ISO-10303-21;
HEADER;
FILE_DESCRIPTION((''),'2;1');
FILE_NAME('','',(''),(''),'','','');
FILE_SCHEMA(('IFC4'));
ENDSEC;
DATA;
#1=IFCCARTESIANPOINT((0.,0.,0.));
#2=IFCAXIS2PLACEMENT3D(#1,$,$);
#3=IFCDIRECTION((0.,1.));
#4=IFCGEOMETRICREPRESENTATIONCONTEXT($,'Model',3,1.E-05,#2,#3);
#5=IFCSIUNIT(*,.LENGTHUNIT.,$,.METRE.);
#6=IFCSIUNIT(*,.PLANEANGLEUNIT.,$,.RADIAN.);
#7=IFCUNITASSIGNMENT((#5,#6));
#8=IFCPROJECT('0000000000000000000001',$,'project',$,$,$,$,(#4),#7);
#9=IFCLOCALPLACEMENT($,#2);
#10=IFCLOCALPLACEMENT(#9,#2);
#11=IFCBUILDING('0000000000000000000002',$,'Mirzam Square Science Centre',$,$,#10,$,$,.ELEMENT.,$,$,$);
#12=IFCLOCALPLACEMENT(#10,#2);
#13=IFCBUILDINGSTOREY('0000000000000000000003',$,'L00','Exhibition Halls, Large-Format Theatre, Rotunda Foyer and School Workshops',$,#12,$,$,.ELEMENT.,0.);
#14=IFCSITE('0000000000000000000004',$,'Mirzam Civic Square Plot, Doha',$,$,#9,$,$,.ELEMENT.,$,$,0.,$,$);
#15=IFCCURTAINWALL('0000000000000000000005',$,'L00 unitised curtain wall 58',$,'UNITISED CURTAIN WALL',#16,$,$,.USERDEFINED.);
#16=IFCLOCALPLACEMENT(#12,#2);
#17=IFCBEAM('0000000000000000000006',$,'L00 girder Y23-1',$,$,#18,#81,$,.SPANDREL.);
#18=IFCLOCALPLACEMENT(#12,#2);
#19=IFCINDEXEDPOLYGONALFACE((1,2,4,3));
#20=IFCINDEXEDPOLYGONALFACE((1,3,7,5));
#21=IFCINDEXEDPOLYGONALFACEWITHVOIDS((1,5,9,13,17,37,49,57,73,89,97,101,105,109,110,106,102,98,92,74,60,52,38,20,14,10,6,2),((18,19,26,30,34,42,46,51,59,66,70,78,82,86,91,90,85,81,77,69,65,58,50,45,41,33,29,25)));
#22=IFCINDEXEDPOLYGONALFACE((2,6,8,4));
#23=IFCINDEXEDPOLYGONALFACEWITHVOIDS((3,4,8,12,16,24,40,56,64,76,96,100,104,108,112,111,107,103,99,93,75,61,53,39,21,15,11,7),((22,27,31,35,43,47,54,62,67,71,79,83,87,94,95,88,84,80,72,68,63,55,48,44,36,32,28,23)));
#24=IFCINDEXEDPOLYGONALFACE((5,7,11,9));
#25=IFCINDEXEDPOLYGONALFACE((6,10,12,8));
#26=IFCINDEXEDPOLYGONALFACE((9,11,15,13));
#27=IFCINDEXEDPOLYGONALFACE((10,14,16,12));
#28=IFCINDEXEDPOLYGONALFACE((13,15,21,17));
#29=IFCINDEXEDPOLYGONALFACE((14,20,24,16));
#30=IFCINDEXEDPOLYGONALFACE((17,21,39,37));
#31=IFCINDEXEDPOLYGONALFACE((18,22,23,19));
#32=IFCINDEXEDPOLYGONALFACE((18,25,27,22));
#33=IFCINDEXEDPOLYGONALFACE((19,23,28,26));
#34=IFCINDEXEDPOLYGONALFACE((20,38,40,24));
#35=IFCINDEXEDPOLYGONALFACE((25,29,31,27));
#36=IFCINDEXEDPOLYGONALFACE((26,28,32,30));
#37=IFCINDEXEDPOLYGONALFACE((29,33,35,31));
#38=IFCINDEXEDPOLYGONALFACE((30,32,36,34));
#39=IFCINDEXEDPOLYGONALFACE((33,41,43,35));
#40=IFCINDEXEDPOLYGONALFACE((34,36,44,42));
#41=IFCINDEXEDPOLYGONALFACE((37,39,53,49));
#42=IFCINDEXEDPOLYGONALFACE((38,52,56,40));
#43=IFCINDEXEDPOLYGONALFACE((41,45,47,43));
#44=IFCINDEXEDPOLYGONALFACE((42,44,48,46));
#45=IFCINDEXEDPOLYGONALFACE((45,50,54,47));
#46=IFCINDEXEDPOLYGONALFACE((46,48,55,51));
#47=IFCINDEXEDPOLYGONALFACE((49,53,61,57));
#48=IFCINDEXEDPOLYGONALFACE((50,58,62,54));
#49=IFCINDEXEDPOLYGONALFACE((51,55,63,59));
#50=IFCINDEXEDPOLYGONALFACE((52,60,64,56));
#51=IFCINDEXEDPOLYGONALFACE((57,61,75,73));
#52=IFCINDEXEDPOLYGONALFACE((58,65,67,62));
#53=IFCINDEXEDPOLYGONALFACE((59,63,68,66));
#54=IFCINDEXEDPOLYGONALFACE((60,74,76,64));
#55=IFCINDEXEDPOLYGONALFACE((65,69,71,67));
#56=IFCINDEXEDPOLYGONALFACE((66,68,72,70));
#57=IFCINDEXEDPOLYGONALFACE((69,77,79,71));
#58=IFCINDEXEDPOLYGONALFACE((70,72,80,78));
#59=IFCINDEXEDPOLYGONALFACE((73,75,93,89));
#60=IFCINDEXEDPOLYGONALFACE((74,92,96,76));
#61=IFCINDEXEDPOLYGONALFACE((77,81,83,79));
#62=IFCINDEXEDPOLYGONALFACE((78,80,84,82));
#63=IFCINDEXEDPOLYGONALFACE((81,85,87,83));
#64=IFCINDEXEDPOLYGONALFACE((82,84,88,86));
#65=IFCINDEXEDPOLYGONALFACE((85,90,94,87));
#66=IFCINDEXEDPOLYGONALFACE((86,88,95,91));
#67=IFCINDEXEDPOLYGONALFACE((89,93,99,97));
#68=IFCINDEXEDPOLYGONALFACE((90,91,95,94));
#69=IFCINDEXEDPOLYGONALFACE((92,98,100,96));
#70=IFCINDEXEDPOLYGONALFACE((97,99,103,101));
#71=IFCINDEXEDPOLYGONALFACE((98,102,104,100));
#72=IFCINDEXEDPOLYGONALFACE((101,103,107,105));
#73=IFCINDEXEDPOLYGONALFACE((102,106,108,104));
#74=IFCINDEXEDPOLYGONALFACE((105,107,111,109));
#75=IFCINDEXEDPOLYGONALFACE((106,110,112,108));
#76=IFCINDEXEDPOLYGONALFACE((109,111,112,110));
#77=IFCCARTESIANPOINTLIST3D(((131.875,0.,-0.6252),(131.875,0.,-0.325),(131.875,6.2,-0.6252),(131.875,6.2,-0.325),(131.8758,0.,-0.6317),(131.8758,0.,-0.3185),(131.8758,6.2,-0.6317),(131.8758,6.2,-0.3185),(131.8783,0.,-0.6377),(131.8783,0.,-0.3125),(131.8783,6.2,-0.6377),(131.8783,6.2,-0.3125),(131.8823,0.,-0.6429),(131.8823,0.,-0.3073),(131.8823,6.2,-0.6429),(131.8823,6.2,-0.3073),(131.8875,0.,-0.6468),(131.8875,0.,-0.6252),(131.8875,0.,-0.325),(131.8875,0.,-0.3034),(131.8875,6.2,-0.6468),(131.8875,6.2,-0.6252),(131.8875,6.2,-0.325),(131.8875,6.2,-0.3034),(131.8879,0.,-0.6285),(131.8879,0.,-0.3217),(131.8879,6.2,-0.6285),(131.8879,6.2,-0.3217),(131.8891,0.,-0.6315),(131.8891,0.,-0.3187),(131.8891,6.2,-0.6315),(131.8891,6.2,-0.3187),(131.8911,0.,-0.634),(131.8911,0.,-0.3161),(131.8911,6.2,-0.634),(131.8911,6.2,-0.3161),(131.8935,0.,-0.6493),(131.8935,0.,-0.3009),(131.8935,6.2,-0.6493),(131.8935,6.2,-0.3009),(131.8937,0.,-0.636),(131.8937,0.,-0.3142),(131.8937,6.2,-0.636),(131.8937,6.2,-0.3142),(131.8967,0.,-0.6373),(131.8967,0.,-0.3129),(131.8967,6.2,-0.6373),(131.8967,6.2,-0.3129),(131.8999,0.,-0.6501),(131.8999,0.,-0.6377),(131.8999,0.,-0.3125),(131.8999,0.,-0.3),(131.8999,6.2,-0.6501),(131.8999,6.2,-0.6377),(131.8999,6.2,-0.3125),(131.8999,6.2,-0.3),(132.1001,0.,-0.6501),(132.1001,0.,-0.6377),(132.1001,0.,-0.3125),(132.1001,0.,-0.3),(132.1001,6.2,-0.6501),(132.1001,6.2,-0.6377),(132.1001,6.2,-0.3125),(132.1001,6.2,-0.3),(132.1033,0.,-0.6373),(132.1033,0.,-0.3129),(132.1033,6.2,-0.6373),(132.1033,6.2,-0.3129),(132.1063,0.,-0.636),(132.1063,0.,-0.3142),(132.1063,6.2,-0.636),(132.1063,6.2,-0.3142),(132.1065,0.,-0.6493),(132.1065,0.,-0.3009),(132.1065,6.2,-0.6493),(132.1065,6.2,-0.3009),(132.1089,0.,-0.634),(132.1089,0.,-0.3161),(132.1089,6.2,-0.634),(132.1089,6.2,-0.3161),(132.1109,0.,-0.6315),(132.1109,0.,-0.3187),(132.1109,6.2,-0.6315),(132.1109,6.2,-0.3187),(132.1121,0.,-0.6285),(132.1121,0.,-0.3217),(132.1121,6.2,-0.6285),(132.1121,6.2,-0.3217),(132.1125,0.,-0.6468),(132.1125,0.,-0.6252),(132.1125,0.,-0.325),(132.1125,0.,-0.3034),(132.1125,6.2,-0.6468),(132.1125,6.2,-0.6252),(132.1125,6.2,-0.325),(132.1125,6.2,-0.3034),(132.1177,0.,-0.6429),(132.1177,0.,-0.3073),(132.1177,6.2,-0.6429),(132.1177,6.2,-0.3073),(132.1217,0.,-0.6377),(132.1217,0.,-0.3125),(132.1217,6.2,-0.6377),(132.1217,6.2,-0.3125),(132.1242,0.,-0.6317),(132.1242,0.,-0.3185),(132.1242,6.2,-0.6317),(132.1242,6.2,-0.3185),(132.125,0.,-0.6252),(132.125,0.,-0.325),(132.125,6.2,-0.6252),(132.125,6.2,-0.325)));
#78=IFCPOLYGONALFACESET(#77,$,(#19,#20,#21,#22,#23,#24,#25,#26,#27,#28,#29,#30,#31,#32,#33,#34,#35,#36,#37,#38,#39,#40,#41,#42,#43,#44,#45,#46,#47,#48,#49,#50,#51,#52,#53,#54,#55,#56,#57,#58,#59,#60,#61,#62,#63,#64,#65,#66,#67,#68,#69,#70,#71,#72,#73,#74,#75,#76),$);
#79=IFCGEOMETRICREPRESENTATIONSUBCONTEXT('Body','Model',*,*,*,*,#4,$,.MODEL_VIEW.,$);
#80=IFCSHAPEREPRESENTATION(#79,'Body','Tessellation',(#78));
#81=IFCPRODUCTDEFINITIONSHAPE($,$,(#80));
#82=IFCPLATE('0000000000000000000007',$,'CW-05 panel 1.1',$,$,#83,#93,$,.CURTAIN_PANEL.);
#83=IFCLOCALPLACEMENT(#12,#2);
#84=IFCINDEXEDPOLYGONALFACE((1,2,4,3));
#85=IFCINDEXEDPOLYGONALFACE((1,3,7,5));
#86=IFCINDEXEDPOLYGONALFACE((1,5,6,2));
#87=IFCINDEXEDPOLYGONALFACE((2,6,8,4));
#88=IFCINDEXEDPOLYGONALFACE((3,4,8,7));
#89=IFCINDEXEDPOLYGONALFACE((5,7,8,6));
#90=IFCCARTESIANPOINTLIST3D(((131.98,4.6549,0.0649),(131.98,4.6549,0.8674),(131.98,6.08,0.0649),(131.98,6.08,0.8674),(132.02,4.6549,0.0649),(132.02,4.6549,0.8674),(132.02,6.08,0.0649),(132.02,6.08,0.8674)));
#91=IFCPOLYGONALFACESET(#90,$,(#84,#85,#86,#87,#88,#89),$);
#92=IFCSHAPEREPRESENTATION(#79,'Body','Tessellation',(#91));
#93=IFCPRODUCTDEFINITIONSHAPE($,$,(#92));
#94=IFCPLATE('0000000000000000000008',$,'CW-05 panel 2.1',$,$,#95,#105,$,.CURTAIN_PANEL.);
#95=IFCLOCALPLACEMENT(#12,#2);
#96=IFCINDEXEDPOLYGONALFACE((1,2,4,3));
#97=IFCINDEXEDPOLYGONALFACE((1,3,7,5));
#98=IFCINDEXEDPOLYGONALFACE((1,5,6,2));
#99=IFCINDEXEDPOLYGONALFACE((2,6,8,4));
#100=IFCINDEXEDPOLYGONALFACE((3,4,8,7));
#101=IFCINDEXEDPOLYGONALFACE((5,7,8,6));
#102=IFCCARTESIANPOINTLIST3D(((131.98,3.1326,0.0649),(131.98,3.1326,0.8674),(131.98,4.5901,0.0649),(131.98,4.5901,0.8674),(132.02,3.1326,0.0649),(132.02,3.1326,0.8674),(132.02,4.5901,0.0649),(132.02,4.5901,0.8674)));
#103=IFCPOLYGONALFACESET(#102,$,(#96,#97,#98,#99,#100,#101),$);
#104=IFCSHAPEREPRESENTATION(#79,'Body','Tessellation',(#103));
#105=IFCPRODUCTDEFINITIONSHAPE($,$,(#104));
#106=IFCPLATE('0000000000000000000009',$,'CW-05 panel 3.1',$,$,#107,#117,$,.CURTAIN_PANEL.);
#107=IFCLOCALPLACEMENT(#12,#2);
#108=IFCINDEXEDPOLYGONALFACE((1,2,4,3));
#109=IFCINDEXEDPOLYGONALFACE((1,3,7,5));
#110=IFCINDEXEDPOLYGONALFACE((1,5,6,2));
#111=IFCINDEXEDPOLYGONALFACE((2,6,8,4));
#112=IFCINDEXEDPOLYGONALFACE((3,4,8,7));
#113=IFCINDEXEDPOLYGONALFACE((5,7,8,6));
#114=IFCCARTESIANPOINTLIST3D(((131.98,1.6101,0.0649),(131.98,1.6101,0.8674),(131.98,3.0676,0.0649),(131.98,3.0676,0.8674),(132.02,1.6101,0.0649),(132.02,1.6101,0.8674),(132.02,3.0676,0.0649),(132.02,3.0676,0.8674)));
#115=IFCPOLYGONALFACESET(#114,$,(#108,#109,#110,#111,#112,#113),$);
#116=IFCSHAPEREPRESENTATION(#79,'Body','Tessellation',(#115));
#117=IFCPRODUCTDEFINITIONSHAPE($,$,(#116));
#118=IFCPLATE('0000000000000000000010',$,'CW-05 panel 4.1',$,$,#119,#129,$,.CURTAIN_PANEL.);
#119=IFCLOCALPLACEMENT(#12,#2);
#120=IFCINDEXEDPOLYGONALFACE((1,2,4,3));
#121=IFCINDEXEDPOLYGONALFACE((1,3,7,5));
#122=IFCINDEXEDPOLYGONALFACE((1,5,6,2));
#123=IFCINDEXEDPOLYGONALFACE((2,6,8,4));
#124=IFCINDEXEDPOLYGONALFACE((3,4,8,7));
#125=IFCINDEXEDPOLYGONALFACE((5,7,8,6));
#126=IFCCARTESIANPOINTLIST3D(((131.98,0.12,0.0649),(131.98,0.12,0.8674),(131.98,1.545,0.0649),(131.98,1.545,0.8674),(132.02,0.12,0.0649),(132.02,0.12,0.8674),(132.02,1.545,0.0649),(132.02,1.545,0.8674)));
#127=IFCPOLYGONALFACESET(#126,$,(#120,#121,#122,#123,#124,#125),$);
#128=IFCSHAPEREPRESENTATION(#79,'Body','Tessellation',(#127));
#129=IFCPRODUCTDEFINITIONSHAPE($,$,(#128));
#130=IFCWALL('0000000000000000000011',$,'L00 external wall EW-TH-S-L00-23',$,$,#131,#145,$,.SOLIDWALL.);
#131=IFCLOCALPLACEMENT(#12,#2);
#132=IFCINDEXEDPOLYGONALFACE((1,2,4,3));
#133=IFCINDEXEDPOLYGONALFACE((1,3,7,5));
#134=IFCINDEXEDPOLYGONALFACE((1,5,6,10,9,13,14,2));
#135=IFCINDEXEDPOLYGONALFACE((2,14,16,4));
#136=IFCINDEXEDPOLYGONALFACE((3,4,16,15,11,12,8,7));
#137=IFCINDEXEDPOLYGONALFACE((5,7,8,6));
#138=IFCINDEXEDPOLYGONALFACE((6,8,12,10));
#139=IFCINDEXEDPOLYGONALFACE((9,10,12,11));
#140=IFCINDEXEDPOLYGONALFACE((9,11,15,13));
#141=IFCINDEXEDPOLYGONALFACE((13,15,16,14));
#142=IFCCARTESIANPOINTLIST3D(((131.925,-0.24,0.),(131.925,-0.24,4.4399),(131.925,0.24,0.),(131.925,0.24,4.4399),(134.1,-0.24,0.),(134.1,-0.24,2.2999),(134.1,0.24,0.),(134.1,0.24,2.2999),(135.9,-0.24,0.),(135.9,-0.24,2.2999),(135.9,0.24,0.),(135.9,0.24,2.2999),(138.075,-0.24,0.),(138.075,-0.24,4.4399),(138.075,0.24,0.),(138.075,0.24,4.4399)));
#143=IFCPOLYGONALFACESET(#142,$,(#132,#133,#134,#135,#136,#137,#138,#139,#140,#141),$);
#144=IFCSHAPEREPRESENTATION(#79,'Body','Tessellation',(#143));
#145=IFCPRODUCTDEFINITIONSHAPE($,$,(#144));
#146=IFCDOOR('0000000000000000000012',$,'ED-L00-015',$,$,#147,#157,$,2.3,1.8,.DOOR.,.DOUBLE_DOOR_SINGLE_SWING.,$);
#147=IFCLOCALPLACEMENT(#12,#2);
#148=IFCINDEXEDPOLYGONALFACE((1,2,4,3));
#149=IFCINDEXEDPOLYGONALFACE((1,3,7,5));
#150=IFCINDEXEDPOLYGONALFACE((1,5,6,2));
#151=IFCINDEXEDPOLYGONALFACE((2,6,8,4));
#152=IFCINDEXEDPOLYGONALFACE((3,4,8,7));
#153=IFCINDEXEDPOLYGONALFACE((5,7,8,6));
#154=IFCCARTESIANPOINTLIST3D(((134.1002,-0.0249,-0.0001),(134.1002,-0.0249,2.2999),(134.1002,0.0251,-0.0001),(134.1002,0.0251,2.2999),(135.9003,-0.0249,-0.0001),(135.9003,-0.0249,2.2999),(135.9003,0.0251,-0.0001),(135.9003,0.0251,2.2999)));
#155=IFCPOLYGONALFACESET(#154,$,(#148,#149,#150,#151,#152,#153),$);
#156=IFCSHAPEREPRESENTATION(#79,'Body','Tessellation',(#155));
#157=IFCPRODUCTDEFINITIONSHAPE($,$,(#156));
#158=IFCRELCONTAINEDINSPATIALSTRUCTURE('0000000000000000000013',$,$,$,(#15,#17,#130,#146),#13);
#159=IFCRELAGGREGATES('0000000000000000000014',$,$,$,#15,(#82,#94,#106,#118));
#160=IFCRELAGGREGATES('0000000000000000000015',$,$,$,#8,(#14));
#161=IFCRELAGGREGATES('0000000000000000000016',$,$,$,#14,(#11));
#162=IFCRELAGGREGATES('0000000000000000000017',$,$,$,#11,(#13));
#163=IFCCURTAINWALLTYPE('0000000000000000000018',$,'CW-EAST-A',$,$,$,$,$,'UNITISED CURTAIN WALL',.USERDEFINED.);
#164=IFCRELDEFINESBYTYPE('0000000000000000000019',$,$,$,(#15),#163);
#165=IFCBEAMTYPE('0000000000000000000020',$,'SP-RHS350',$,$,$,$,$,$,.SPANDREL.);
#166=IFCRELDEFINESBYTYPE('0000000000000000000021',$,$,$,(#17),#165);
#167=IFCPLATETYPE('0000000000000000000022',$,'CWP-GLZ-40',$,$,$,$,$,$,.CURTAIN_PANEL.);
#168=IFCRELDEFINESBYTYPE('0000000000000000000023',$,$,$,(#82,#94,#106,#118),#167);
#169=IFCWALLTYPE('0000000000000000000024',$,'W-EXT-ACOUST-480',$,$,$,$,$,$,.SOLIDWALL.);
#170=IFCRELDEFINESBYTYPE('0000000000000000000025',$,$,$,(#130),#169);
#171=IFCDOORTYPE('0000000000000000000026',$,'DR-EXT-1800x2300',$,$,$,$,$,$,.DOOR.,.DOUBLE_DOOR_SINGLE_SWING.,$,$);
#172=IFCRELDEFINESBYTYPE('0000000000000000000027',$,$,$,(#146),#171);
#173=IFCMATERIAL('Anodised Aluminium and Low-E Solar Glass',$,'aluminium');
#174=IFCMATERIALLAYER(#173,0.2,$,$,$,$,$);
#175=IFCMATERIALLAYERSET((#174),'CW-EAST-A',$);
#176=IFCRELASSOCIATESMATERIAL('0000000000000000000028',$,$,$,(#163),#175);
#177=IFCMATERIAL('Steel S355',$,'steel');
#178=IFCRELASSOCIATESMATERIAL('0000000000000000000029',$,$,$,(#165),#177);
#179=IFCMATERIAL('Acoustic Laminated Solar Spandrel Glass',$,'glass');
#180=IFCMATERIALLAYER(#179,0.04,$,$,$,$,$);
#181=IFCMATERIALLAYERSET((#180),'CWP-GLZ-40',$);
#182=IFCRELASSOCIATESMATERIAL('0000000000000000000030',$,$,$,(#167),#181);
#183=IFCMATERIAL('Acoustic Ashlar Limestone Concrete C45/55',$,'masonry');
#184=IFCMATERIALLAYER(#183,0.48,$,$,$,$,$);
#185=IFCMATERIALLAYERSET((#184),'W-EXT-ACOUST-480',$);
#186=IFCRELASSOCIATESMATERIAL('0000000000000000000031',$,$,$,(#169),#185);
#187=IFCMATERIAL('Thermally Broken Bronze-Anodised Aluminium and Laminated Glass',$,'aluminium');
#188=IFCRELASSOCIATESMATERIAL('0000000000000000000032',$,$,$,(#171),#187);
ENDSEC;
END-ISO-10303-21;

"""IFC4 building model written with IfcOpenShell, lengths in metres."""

from ifc_helpers import new_model, si_unit, direction, frame, frame_2d, origin, origin_2d, place, context, subcontext, project, spatial, rectangle, hollow_rectangle, extrude, material, layer, layer_set, material_profile, profile_set, type_object, element, fill, aggregate, save


model = new_model("IFC4")

# Units and contexts
model_context = context("Model", 3, precision=1e-05, world=origin(), true_north=direction((0.0, 1.0)))
body_context = subcontext(model_context, "Body", "Model", "MODEL_VIEW")
ifc_project = project(units=[si_unit("LENGTHUNIT", "METRE"), si_unit("PLANEANGLEUNIT", "RADIAN")], contexts=[model_context])

# Site, building, storey
site_placement = place(None, origin())
site = spatial("IfcSite", under=ifc_project, at=site_placement, Name="Mirzam Civic Square Plot, Doha", CompositionType="ELEMENT", RefElevation=0.0)
building_placement = place(site_placement, origin())
building = spatial("IfcBuilding", under=site, at=building_placement, Name="Mirzam Square Science Centre", CompositionType="ELEMENT")
storey_placement = place(building_placement, origin())
storey = spatial("IfcBuildingStorey", under=building, at=storey_placement, Name="L00", Description="Exhibition Halls, Large-Format Theatre, Rotunda Foyer and School Workshops", CompositionType="ELEMENT", Elevation=0.0)

# Shared definitions
ifc_material_1 = material(Name="Steel S355", Category="steel")

# Curtain wall
ifc_material_2 = material(Name="Anodised Aluminium and Low-E Solar Glass", Category="aluminium")
ifc_layer_1 = layer(ifc_material_2, 0.2)
ifc_layer_set_1 = layer_set([ifc_layer_1], Name="CW-EAST-A")
curtain_wall_type = type_object("IfcCurtainWallType", Name="CW-EAST-A", ElementType="UNITISED CURTAIN WALL", PredefinedType="USERDEFINED", material=ifc_layer_set_1)
curtain_wall_placement = place(storey_placement, origin())
curtain_wall = element("IfcCurtainWall", 1, at=curtain_wall_placement, inside=storey, type_object=curtain_wall_type, Name="L00 unitised curtain wall 58", ObjectType="UNITISED CURTAIN WALL", PredefinedType="USERDEFINED")

# Beam
ifc_material_profile_1 = material_profile(ifc_material_1, hollow_rectangle(XDim=0.25, YDim=0.3501, WallThickness=0.0125, InnerFilletRadius=0.0125, OuterFilletRadius=0.0249, at=origin_2d()), Name="350x250x12.5RHS")
ifc_profile_set_1 = profile_set([ifc_material_profile_1], Name="Steel S355")
beam_type = type_object("IfcBeamType", Name="SP-RHS350", PredefinedType="SPANDREL", material=ifc_profile_set_1)
beam_1_placement = place(storey_placement, frame((132.0, 0.0, -0.4751), z_axis=(0.0, 1.0, 0.0), x_axis=(-1.0, 0.0, 0.0)))
element("IfcBeam", 2, at=beam_1_placement, inside=storey, type_object=beam_type, Name="L00 girder Y23-1", PredefinedType="SPANDREL", context=body_context, shape_type="SweptSolid", body=[
    extrude(hollow_rectangle(XDim=0.25, YDim=0.3501, WallThickness=0.0125, InnerFilletRadius=0.0125, OuterFilletRadius=0.0249, at=origin_2d()), origin(), (0.0, 0.0, 1.0), 6.2),
])

# Plates
ifc_material_3 = material(Name="Acoustic Laminated Solar Spandrel Glass", Category="glass")
ifc_layer_2 = layer(ifc_material_3, 0.04)
ifc_layer_set_2 = layer_set([ifc_layer_2], Name="CWP-GLZ-40")
plate_type = type_object("IfcPlateType", Name="CWP-GLZ-40", PredefinedType="CURTAIN_PANEL", material=ifc_layer_set_2)
plate_1_placement = place(storey_placement, frame((132.0, 5.3674, 0.0649), z_axis=(0.0, 0.0, 1.0), x_axis=(0.0, -1.0, 0.0)))
plate_1 = element("IfcPlate", 3, at=plate_1_placement, type_object=plate_type, Name="CW-05 panel 1.1", PredefinedType="CURTAIN_PANEL", context=body_context, shape_type="SweptSolid", body=[
    extrude(rectangle(XDim=1.425, YDim=0.04, at=origin_2d()), origin(), (0.0, 0.0, 1.0), 0.8025),
])
plate_2_placement = place(storey_placement, frame((132.0, 3.8613, 0.0649), z_axis=(0.0, 0.0, 1.0), x_axis=(0.0, -1.0, 0.0)))
plate_2 = element("IfcPlate", 4, at=plate_2_placement, type_object=plate_type, Name="CW-05 panel 2.1", PredefinedType="CURTAIN_PANEL", context=body_context, shape_type="SweptSolid", body=[
    extrude(rectangle(XDim=1.4575, YDim=0.04, at=origin_2d()), origin(), (0.0, 0.0, 1.0), 0.8025),
])
plate_3_placement = place(storey_placement, frame((132.0, 2.3389, 0.0649), z_axis=(0.0, 0.0, 1.0), x_axis=(0.0, -1.0, 0.0)))
plate_3 = element("IfcPlate", 5, at=plate_3_placement, type_object=plate_type, Name="CW-05 panel 3.1", PredefinedType="CURTAIN_PANEL", context=body_context, shape_type="SweptSolid", body=[
    extrude(rectangle(XDim=1.4575, YDim=0.04, at=origin_2d()), origin(), (0.0, 0.0, 1.0), 0.8025),
])
plate_4_placement = place(storey_placement, frame((132.0, 0.8325, 0.0649), z_axis=(0.0, 0.0, 1.0), x_axis=(0.0, -1.0, 0.0)))
plate_4 = element("IfcPlate", 6, at=plate_4_placement, type_object=plate_type, Name="CW-05 panel 4.1", PredefinedType="CURTAIN_PANEL", context=body_context, shape_type="SweptSolid", body=[
    extrude(rectangle(XDim=1.425, YDim=0.04, at=origin_2d()), origin(), (0.0, 0.0, 1.0), 0.8025),
])
aggregate(curtain_wall, [plate_1, plate_2, plate_3, plate_4])

# Wall, opening, door
ifc_material_4 = material(Name="Acoustic Ashlar Limestone Concrete C45/55", Category="masonry")
ifc_layer_3 = layer(ifc_material_4, 0.48)
ifc_layer_set_3 = layer_set([ifc_layer_3], Name="W-EXT-ACOUST-480")
wall_type = type_object("IfcWallType", Name="W-EXT-ACOUST-480", PredefinedType="SOLIDWALL", material=ifc_layer_set_3)
wall_placement = place(storey_placement, frame((131.925, 0.0, 0.0), z_axis=(0.0, 0.0, 1.0), x_axis=(1.0, 0.0, 0.0)))
wall = element("IfcWall", 7, at=wall_placement, inside=storey, type_object=wall_type, Name="L00 external wall EW-TH-S-L00-23", PredefinedType="SOLIDWALL", context=body_context, shape_type="SweptSolid", body=[
    extrude(rectangle(XDim=6.1499, YDim=0.48, at=frame_2d((3.075, 0.0))), origin(), (0.0, 0.0, 1.0), 4.4399),
])
opening_placement = place(wall_placement, frame((2.175, 0.0, 0.0)))
opening = element("IfcOpeningElement", 8, at=opening_placement, cuts=wall, PredefinedType="OPENING", context=body_context, shape_type="SweptSolid", body=[
    extrude(rectangle(XDim=1.8, YDim=2.3, at=frame_2d((0.8999, 1.1499))), frame((0.0, 0.25, 0.0), z_axis=(0.0, -1.0, 0.0), x_axis=(1.0, 0.0, 0.0)), (0.0, 0.0, 1.0), 0.5),
])
ifc_material_5 = material(Name="Thermally Broken Bronze-Anodised Aluminium and Laminated Glass", Category="aluminium")
door_type = type_object("IfcDoorType", Name="DR-EXT-1800x2300", OperationType="DOUBLE_DOOR_SINGLE_SWING", PredefinedType="DOOR", material=ifc_material_5)
door_placement = place(opening_placement, frame((1.8, 0.0, 0.0), z_axis=(0.0, 0.0, 1.0), x_axis=(-1.0, 0.0, 0.0)))
door = element("IfcDoor", 9, at=door_placement, inside=storey, type_object=door_type, Name="ED-L00-015", OperationType="DOUBLE_DOOR_SINGLE_SWING", OverallHeight=2.3, OverallWidth=1.8, PredefinedType="DOOR", context=body_context, shape_type="SweptSolid", body=[
    extrude(rectangle(XDim=1.8, YDim=2.3, at=frame_2d((0.8999, 1.1499))), frame((0.0, 0.0249, 0.0), z_axis=(0.0, -1.0, 0.0), x_axis=(1.0, 0.0, 0.0)), (0.0, 0.0, 1.0), 0.05),
])
fill(opening, door)

save(model, "model.ifc")
